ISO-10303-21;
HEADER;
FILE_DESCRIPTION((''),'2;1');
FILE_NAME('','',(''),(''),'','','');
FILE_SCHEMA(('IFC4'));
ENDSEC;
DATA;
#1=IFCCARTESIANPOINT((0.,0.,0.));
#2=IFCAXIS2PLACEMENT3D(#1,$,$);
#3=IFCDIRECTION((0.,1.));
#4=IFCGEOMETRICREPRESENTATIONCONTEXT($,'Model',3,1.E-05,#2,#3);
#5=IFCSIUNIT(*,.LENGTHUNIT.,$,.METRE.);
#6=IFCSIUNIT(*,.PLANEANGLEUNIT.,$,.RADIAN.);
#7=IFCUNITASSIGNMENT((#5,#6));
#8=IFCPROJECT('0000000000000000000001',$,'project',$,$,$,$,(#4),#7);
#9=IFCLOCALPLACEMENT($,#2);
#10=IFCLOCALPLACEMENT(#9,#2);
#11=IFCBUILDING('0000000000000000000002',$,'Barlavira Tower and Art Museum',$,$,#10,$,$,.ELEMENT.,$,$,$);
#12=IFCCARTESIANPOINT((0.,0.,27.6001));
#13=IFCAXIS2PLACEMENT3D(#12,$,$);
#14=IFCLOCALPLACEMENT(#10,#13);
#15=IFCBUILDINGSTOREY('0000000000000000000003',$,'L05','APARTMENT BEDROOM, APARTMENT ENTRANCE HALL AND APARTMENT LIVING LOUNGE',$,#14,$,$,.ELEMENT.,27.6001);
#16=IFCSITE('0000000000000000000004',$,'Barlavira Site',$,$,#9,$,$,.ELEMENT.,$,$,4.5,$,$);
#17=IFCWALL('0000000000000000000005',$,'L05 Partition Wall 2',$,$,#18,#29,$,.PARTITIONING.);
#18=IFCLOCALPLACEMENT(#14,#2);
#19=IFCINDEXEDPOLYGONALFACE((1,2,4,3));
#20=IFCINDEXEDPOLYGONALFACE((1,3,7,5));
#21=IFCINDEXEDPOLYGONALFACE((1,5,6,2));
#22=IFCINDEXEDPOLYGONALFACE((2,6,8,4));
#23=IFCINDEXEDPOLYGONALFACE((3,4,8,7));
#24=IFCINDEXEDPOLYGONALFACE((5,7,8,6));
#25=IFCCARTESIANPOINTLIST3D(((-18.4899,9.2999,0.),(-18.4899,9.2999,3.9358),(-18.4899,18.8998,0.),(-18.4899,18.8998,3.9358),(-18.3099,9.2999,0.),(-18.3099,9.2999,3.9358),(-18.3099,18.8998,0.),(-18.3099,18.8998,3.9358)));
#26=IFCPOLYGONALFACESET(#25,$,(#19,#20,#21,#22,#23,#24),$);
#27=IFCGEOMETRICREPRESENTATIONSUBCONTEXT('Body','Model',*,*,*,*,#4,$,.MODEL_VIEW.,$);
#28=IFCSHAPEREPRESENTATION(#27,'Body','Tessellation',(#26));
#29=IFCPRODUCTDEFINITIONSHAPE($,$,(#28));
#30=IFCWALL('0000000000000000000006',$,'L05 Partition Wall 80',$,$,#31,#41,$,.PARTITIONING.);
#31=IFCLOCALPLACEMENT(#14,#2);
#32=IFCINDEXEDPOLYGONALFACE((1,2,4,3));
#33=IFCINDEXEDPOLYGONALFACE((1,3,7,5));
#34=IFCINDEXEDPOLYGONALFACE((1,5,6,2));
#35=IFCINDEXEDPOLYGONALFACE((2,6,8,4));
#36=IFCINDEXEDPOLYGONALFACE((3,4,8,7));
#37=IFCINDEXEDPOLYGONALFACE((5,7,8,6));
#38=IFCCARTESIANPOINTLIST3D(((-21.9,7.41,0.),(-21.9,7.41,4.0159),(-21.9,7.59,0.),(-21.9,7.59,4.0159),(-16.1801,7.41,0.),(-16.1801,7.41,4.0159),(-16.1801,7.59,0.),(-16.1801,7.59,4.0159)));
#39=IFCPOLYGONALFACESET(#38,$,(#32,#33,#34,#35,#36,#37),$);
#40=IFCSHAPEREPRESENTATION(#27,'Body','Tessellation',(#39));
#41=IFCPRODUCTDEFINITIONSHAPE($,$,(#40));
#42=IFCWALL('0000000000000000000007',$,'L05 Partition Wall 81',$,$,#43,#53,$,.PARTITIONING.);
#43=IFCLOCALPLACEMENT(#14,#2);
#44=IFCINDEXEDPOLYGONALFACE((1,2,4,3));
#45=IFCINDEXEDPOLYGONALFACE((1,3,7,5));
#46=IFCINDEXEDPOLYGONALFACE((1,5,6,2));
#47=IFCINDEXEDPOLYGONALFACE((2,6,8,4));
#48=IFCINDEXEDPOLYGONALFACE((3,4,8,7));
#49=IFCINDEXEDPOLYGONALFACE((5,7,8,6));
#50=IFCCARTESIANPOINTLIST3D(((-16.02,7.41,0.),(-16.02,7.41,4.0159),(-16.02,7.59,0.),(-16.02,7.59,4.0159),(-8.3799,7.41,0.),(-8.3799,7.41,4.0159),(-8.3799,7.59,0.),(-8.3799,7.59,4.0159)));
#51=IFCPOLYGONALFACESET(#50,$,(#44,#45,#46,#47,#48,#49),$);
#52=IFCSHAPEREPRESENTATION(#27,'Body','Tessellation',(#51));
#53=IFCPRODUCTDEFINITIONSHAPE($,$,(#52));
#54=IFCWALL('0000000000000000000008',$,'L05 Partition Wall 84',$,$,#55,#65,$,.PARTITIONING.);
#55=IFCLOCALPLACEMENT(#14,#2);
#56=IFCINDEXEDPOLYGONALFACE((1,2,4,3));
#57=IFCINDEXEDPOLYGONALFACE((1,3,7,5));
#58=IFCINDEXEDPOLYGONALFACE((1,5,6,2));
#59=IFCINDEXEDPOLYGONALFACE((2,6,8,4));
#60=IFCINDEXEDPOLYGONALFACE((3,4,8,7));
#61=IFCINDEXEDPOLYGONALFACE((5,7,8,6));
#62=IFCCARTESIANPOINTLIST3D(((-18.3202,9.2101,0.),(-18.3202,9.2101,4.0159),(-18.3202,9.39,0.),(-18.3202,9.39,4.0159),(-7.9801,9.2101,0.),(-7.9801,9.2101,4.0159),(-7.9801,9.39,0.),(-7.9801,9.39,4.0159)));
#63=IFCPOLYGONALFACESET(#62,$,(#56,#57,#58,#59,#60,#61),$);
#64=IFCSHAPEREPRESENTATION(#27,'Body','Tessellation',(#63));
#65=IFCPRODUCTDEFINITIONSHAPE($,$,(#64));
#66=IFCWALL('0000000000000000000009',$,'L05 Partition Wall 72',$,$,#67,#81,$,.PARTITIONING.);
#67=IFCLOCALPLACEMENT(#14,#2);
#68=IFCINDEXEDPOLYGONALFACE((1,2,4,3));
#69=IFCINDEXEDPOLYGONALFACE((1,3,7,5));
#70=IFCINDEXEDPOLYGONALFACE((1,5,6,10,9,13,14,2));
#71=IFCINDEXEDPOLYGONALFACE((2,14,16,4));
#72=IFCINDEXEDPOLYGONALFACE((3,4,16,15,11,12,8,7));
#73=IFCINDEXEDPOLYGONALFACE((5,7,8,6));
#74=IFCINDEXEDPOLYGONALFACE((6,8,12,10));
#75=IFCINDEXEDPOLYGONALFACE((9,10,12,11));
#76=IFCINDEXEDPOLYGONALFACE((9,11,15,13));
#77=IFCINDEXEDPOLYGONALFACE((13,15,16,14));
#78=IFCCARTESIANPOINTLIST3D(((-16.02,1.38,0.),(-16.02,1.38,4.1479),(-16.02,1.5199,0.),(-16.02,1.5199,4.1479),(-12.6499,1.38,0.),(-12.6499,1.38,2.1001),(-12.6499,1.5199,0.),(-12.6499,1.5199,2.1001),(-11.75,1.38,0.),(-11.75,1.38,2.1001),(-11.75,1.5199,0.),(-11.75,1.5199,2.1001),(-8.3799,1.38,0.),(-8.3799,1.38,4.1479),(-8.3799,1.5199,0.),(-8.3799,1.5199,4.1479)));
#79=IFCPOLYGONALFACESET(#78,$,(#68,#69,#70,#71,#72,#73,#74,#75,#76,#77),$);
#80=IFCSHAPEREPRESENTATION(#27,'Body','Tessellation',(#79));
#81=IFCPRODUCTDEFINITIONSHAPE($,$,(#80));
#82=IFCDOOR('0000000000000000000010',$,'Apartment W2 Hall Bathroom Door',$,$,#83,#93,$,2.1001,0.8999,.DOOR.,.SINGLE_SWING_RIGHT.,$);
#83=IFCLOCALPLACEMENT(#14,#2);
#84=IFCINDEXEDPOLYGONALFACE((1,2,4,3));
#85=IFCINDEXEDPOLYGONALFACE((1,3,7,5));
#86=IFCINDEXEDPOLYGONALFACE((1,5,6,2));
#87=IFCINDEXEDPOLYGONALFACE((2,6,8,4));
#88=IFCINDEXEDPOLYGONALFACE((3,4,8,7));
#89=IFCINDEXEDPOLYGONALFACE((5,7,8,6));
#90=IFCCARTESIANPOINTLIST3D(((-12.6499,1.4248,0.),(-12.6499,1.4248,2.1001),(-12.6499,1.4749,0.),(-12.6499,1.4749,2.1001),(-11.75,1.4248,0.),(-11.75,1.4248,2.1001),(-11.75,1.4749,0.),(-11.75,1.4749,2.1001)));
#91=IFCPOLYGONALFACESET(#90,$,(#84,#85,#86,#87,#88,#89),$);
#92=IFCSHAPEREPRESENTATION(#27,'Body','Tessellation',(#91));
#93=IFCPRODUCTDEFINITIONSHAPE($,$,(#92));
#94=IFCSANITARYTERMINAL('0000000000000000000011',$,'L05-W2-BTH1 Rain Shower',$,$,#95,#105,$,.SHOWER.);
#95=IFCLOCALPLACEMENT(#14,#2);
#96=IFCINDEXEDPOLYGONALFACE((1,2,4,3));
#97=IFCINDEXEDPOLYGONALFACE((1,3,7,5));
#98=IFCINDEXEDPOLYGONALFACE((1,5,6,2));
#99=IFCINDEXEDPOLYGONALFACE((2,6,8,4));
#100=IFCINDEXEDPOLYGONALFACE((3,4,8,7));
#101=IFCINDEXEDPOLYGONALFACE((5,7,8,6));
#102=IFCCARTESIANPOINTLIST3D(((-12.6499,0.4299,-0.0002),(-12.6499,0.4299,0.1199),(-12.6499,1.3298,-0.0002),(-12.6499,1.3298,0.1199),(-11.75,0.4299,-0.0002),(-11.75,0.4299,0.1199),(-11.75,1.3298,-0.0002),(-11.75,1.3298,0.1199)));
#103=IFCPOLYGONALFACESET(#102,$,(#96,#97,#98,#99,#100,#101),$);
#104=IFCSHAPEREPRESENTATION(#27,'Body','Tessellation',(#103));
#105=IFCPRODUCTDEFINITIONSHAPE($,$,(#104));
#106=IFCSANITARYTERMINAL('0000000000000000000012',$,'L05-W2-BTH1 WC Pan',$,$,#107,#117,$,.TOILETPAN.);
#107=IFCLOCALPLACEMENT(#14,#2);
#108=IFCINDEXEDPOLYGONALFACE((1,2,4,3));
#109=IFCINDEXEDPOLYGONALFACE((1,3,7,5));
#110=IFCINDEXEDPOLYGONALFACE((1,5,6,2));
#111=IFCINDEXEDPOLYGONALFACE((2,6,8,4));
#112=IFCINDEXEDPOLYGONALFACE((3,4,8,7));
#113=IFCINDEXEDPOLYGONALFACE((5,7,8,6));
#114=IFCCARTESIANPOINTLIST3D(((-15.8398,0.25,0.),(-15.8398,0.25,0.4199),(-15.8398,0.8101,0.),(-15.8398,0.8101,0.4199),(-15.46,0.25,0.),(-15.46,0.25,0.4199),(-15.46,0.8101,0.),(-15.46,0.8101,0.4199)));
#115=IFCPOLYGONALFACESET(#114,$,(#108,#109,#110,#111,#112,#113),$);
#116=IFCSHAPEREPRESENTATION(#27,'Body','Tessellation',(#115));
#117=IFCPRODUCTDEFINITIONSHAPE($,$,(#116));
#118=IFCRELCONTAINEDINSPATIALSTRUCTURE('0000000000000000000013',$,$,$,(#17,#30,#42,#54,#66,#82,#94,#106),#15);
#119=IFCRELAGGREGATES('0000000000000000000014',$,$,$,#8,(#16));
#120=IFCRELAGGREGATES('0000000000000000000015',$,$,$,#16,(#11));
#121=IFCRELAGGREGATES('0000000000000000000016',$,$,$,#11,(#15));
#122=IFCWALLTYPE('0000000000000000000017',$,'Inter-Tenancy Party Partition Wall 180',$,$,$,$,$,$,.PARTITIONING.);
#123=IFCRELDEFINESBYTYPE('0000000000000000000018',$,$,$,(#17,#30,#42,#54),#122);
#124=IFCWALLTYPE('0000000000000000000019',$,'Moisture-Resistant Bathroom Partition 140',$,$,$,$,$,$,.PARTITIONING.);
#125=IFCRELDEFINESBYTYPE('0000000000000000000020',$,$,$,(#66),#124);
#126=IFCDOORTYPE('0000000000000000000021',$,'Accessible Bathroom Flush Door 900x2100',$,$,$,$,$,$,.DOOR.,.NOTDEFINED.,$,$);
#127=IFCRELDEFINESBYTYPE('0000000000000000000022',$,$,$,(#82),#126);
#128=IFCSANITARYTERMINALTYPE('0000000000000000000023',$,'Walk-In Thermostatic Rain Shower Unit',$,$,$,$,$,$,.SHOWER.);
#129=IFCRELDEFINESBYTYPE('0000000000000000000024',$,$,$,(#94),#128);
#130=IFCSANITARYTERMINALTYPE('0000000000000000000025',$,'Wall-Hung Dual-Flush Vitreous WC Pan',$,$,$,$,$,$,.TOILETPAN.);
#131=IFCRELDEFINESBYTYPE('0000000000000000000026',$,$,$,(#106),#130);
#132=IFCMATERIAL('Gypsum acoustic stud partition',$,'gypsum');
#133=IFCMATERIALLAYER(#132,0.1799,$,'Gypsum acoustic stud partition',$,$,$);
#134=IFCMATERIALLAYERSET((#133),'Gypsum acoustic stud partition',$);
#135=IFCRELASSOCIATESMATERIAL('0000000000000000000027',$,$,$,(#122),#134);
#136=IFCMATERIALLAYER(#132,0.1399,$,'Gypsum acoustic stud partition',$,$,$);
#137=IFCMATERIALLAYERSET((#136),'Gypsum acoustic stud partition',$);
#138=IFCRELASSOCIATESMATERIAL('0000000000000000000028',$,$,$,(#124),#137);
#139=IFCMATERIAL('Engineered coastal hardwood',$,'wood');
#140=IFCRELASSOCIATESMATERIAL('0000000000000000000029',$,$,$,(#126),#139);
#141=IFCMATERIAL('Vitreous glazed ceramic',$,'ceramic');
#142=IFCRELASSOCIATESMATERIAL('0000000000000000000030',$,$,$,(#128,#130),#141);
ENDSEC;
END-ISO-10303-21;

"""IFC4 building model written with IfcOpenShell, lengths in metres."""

from ifc_helpers import new_model, si_unit, direction, frame, frame_2d, origin, origin_2d, place, context, subcontext, project, spatial, rectangle, extrude, material, layer, layer_set, type_object, element, fill, save


model = new_model("IFC4")

# Units and contexts
model_context = context("Model", 3, precision=1e-05, world=origin(), true_north=direction((0.0, 1.0)))
body_context = subcontext(model_context, "Body", "Model", "MODEL_VIEW")
ifc_project = project(units=[si_unit("LENGTHUNIT", "METRE"), si_unit("PLANEANGLEUNIT", "RADIAN")], contexts=[model_context])

# Site, building, storey
site_placement = place(None, origin())
site = spatial("IfcSite", under=ifc_project, at=site_placement, Name="Barlavira Site", CompositionType="ELEMENT", RefElevation=4.5)
building_placement = place(site_placement, origin())
building = spatial("IfcBuilding", under=site, at=building_placement, Name="Barlavira Tower and Art Museum", CompositionType="ELEMENT")
storey_placement = place(building_placement, frame((0.0, 0.0, 27.6001)))
storey = spatial("IfcBuildingStorey", under=building, at=storey_placement, Name="L05", Description="APARTMENT BEDROOM, APARTMENT ENTRANCE HALL AND APARTMENT LIVING LOUNGE", CompositionType="ELEMENT", Elevation=27.6001)

# Shared definitions
ifc_material_1 = material(Name="Gypsum acoustic stud partition", Category="gypsum")
ifc_material_2 = material(Name="Engineered coastal hardwood", Category="wood")

# Walls
ifc_layer_1 = layer(ifc_material_1, 0.1799, Name="Gypsum acoustic stud partition")
ifc_layer_set_1 = layer_set([ifc_layer_1], Name="Gypsum acoustic stud partition")
wall_type_1 = type_object("IfcWallType", Name="Inter-Tenancy Party Partition Wall 180", PredefinedType="PARTITIONING", material=ifc_layer_set_1)
wall_1_placement = place(storey_placement, frame((-18.3999, 9.3, 0.0), z_axis=(0.0, 0.0, 1.0), x_axis=(0.0, 1.0, 0.0)))
element("IfcWall", 1, at=wall_1_placement, inside=storey, type_object=wall_type_1, Name="L05 Partition Wall 2", PredefinedType="PARTITIONING", context=body_context, shape_type="SweptSolid", body=[
    extrude(rectangle(XDim=9.5999, YDim=0.1799, at=frame_2d((4.7998, 0.0))), origin(), (0.0, 0.0, 1.0), 3.9358),
])
wall_2_placement = place(storey_placement, frame((-21.8999, 7.5, 0.0), z_axis=(0.0, 0.0, 1.0), x_axis=(1.0, 0.0, 0.0)))
element("IfcWall", 2, at=wall_2_placement, inside=storey, type_object=wall_type_1, Name="L05 Partition Wall 80", PredefinedType="PARTITIONING", context=body_context, shape_type="SweptSolid", body=[
    extrude(rectangle(XDim=5.72, YDim=0.1799, at=frame_2d((2.8599, 0.0))), origin(), (0.0, 0.0, 1.0), 4.0159),
])
wall_3_placement = place(storey_placement, frame((-16.02, 7.5, 0.0), z_axis=(0.0, 0.0, 1.0), x_axis=(1.0, 0.0, 0.0)))
element("IfcWall", 3, at=wall_3_placement, inside=storey, type_object=wall_type_1, Name="L05 Partition Wall 81", PredefinedType="PARTITIONING", context=body_context, shape_type="SweptSolid", body=[
    extrude(rectangle(XDim=7.6401, YDim=0.1799, at=frame_2d((3.8201, 0.0))), origin(), (0.0, 0.0, 1.0), 4.0159),
])
wall_4_placement = place(storey_placement, frame((-18.3201, 9.3, 0.0), z_axis=(0.0, 0.0, 1.0), x_axis=(1.0, 0.0, 0.0)))
element("IfcWall", 4, at=wall_4_placement, inside=storey, type_object=wall_type_1, Name="L05 Partition Wall 84", PredefinedType="PARTITIONING", context=body_context, shape_type="SweptSolid", body=[
    extrude(rectangle(XDim=10.3401, YDim=0.1799, at=frame_2d((5.1699, 0.0))), origin(), (0.0, 0.0, 1.0), 4.0159),
])

# Wall, opening, door
ifc_layer_2 = layer(ifc_material_1, 0.1399, Name="Gypsum acoustic stud partition")
ifc_layer_set_2 = layer_set([ifc_layer_2], Name="Gypsum acoustic stud partition")
wall_type_2 = type_object("IfcWallType", Name="Moisture-Resistant Bathroom Partition 140", PredefinedType="PARTITIONING", material=ifc_layer_set_2)
wall_5_placement = place(storey_placement, frame((-16.02, 1.45, 0.0), z_axis=(0.0, 0.0, 1.0), x_axis=(1.0, 0.0, 0.0)))
wall_5 = element("IfcWall", 5, at=wall_5_placement, inside=storey, type_object=wall_type_2, Name="L05 Partition Wall 72", PredefinedType="PARTITIONING", context=body_context, shape_type="SweptSolid", body=[
    extrude(rectangle(XDim=7.6401, YDim=0.1399, at=frame_2d((3.8201, 0.0))), origin(), (0.0, 0.0, 1.0), 4.1479),
])
opening_1_placement = place(wall_5_placement, frame((3.3701, 0.0, 0.0)))
opening_1 = element("IfcOpeningElement", 6, at=opening_1_placement, cuts=wall_5, PredefinedType="OPENING", context=body_context, shape_type="SweptSolid", body=[
    extrude(rectangle(XDim=0.8999, YDim=2.1001, at=frame_2d((0.45, 1.05))), frame((0.0, 0.0801, 0.0), z_axis=(0.0, -1.0, 0.0), x_axis=(1.0, 0.0, 0.0)), (0.0, 0.0, 1.0), 0.1599),
])
door_type_1 = type_object("IfcDoorType", Name="Accessible Bathroom Flush Door 900x2100", OperationType="NOTDEFINED", PredefinedType="DOOR", material=ifc_material_2)
door_1_placement = place(opening_1_placement, origin())
door_1 = element("IfcDoor", 7, at=door_1_placement, inside=storey, type_object=door_type_1, Name="Apartment W2 Hall Bathroom Door", OperationType="SINGLE_SWING_RIGHT", OverallHeight=2.1001, OverallWidth=0.8999, PredefinedType="DOOR", context=body_context, shape_type="SweptSolid", body=[
    extrude(rectangle(XDim=0.8999, YDim=2.1001, at=frame_2d((0.45, 1.05))), frame((0.0, 0.0249, 0.0), z_axis=(0.0, -1.0, 0.0), x_axis=(1.0, 0.0, 0.0)), (0.0, 0.0, 1.0), 0.05),
])
fill(opening_1, door_1)

# Sanitary terminals
ifc_material_3 = material(Name="Vitreous glazed ceramic", Category="ceramic")
sanitary_terminal_type_1 = type_object("IfcSanitaryTerminalType", Name="Walk-In Thermostatic Rain Shower Unit", PredefinedType="SHOWER", material=ifc_material_3)
sanitary_terminal_1_placement = place(storey_placement, frame((-12.2, 0.8799, -0.0002), z_axis=(0.0, 0.0, 1.0), x_axis=(1.0, 0.0, 0.0)))
element("IfcSanitaryTerminal", 8, at=sanitary_terminal_1_placement, inside=storey, type_object=sanitary_terminal_type_1, Name="L05-W2-BTH1 Rain Shower", PredefinedType="SHOWER", context=body_context, shape_type="SweptSolid", body=[
    extrude(rectangle(XDim=0.8999, YDim=0.8999, at=origin_2d()), origin(), (0.0, 0.0, 1.0), 0.1201),
])
sanitary_terminal_type_2 = type_object("IfcSanitaryTerminalType", Name="Wall-Hung Dual-Flush Vitreous WC Pan", PredefinedType="TOILETPAN", material=ifc_material_3)
sanitary_terminal_2_placement = place(storey_placement, frame((-15.6499, 0.53, 0.0), z_axis=(0.0, 0.0, 1.0), x_axis=(1.0, 0.0, 0.0)))
element("IfcSanitaryTerminal", 9, at=sanitary_terminal_2_placement, inside=storey, type_object=sanitary_terminal_type_2, Name="L05-W2-BTH1 WC Pan", PredefinedType="TOILETPAN", context=body_context, shape_type="SweptSolid", body=[
    extrude(rectangle(XDim=0.3799, YDim=0.5601, at=origin_2d()), origin(), (0.0, 0.0, 1.0), 0.4199),
])

save(model, "model.ifc")
